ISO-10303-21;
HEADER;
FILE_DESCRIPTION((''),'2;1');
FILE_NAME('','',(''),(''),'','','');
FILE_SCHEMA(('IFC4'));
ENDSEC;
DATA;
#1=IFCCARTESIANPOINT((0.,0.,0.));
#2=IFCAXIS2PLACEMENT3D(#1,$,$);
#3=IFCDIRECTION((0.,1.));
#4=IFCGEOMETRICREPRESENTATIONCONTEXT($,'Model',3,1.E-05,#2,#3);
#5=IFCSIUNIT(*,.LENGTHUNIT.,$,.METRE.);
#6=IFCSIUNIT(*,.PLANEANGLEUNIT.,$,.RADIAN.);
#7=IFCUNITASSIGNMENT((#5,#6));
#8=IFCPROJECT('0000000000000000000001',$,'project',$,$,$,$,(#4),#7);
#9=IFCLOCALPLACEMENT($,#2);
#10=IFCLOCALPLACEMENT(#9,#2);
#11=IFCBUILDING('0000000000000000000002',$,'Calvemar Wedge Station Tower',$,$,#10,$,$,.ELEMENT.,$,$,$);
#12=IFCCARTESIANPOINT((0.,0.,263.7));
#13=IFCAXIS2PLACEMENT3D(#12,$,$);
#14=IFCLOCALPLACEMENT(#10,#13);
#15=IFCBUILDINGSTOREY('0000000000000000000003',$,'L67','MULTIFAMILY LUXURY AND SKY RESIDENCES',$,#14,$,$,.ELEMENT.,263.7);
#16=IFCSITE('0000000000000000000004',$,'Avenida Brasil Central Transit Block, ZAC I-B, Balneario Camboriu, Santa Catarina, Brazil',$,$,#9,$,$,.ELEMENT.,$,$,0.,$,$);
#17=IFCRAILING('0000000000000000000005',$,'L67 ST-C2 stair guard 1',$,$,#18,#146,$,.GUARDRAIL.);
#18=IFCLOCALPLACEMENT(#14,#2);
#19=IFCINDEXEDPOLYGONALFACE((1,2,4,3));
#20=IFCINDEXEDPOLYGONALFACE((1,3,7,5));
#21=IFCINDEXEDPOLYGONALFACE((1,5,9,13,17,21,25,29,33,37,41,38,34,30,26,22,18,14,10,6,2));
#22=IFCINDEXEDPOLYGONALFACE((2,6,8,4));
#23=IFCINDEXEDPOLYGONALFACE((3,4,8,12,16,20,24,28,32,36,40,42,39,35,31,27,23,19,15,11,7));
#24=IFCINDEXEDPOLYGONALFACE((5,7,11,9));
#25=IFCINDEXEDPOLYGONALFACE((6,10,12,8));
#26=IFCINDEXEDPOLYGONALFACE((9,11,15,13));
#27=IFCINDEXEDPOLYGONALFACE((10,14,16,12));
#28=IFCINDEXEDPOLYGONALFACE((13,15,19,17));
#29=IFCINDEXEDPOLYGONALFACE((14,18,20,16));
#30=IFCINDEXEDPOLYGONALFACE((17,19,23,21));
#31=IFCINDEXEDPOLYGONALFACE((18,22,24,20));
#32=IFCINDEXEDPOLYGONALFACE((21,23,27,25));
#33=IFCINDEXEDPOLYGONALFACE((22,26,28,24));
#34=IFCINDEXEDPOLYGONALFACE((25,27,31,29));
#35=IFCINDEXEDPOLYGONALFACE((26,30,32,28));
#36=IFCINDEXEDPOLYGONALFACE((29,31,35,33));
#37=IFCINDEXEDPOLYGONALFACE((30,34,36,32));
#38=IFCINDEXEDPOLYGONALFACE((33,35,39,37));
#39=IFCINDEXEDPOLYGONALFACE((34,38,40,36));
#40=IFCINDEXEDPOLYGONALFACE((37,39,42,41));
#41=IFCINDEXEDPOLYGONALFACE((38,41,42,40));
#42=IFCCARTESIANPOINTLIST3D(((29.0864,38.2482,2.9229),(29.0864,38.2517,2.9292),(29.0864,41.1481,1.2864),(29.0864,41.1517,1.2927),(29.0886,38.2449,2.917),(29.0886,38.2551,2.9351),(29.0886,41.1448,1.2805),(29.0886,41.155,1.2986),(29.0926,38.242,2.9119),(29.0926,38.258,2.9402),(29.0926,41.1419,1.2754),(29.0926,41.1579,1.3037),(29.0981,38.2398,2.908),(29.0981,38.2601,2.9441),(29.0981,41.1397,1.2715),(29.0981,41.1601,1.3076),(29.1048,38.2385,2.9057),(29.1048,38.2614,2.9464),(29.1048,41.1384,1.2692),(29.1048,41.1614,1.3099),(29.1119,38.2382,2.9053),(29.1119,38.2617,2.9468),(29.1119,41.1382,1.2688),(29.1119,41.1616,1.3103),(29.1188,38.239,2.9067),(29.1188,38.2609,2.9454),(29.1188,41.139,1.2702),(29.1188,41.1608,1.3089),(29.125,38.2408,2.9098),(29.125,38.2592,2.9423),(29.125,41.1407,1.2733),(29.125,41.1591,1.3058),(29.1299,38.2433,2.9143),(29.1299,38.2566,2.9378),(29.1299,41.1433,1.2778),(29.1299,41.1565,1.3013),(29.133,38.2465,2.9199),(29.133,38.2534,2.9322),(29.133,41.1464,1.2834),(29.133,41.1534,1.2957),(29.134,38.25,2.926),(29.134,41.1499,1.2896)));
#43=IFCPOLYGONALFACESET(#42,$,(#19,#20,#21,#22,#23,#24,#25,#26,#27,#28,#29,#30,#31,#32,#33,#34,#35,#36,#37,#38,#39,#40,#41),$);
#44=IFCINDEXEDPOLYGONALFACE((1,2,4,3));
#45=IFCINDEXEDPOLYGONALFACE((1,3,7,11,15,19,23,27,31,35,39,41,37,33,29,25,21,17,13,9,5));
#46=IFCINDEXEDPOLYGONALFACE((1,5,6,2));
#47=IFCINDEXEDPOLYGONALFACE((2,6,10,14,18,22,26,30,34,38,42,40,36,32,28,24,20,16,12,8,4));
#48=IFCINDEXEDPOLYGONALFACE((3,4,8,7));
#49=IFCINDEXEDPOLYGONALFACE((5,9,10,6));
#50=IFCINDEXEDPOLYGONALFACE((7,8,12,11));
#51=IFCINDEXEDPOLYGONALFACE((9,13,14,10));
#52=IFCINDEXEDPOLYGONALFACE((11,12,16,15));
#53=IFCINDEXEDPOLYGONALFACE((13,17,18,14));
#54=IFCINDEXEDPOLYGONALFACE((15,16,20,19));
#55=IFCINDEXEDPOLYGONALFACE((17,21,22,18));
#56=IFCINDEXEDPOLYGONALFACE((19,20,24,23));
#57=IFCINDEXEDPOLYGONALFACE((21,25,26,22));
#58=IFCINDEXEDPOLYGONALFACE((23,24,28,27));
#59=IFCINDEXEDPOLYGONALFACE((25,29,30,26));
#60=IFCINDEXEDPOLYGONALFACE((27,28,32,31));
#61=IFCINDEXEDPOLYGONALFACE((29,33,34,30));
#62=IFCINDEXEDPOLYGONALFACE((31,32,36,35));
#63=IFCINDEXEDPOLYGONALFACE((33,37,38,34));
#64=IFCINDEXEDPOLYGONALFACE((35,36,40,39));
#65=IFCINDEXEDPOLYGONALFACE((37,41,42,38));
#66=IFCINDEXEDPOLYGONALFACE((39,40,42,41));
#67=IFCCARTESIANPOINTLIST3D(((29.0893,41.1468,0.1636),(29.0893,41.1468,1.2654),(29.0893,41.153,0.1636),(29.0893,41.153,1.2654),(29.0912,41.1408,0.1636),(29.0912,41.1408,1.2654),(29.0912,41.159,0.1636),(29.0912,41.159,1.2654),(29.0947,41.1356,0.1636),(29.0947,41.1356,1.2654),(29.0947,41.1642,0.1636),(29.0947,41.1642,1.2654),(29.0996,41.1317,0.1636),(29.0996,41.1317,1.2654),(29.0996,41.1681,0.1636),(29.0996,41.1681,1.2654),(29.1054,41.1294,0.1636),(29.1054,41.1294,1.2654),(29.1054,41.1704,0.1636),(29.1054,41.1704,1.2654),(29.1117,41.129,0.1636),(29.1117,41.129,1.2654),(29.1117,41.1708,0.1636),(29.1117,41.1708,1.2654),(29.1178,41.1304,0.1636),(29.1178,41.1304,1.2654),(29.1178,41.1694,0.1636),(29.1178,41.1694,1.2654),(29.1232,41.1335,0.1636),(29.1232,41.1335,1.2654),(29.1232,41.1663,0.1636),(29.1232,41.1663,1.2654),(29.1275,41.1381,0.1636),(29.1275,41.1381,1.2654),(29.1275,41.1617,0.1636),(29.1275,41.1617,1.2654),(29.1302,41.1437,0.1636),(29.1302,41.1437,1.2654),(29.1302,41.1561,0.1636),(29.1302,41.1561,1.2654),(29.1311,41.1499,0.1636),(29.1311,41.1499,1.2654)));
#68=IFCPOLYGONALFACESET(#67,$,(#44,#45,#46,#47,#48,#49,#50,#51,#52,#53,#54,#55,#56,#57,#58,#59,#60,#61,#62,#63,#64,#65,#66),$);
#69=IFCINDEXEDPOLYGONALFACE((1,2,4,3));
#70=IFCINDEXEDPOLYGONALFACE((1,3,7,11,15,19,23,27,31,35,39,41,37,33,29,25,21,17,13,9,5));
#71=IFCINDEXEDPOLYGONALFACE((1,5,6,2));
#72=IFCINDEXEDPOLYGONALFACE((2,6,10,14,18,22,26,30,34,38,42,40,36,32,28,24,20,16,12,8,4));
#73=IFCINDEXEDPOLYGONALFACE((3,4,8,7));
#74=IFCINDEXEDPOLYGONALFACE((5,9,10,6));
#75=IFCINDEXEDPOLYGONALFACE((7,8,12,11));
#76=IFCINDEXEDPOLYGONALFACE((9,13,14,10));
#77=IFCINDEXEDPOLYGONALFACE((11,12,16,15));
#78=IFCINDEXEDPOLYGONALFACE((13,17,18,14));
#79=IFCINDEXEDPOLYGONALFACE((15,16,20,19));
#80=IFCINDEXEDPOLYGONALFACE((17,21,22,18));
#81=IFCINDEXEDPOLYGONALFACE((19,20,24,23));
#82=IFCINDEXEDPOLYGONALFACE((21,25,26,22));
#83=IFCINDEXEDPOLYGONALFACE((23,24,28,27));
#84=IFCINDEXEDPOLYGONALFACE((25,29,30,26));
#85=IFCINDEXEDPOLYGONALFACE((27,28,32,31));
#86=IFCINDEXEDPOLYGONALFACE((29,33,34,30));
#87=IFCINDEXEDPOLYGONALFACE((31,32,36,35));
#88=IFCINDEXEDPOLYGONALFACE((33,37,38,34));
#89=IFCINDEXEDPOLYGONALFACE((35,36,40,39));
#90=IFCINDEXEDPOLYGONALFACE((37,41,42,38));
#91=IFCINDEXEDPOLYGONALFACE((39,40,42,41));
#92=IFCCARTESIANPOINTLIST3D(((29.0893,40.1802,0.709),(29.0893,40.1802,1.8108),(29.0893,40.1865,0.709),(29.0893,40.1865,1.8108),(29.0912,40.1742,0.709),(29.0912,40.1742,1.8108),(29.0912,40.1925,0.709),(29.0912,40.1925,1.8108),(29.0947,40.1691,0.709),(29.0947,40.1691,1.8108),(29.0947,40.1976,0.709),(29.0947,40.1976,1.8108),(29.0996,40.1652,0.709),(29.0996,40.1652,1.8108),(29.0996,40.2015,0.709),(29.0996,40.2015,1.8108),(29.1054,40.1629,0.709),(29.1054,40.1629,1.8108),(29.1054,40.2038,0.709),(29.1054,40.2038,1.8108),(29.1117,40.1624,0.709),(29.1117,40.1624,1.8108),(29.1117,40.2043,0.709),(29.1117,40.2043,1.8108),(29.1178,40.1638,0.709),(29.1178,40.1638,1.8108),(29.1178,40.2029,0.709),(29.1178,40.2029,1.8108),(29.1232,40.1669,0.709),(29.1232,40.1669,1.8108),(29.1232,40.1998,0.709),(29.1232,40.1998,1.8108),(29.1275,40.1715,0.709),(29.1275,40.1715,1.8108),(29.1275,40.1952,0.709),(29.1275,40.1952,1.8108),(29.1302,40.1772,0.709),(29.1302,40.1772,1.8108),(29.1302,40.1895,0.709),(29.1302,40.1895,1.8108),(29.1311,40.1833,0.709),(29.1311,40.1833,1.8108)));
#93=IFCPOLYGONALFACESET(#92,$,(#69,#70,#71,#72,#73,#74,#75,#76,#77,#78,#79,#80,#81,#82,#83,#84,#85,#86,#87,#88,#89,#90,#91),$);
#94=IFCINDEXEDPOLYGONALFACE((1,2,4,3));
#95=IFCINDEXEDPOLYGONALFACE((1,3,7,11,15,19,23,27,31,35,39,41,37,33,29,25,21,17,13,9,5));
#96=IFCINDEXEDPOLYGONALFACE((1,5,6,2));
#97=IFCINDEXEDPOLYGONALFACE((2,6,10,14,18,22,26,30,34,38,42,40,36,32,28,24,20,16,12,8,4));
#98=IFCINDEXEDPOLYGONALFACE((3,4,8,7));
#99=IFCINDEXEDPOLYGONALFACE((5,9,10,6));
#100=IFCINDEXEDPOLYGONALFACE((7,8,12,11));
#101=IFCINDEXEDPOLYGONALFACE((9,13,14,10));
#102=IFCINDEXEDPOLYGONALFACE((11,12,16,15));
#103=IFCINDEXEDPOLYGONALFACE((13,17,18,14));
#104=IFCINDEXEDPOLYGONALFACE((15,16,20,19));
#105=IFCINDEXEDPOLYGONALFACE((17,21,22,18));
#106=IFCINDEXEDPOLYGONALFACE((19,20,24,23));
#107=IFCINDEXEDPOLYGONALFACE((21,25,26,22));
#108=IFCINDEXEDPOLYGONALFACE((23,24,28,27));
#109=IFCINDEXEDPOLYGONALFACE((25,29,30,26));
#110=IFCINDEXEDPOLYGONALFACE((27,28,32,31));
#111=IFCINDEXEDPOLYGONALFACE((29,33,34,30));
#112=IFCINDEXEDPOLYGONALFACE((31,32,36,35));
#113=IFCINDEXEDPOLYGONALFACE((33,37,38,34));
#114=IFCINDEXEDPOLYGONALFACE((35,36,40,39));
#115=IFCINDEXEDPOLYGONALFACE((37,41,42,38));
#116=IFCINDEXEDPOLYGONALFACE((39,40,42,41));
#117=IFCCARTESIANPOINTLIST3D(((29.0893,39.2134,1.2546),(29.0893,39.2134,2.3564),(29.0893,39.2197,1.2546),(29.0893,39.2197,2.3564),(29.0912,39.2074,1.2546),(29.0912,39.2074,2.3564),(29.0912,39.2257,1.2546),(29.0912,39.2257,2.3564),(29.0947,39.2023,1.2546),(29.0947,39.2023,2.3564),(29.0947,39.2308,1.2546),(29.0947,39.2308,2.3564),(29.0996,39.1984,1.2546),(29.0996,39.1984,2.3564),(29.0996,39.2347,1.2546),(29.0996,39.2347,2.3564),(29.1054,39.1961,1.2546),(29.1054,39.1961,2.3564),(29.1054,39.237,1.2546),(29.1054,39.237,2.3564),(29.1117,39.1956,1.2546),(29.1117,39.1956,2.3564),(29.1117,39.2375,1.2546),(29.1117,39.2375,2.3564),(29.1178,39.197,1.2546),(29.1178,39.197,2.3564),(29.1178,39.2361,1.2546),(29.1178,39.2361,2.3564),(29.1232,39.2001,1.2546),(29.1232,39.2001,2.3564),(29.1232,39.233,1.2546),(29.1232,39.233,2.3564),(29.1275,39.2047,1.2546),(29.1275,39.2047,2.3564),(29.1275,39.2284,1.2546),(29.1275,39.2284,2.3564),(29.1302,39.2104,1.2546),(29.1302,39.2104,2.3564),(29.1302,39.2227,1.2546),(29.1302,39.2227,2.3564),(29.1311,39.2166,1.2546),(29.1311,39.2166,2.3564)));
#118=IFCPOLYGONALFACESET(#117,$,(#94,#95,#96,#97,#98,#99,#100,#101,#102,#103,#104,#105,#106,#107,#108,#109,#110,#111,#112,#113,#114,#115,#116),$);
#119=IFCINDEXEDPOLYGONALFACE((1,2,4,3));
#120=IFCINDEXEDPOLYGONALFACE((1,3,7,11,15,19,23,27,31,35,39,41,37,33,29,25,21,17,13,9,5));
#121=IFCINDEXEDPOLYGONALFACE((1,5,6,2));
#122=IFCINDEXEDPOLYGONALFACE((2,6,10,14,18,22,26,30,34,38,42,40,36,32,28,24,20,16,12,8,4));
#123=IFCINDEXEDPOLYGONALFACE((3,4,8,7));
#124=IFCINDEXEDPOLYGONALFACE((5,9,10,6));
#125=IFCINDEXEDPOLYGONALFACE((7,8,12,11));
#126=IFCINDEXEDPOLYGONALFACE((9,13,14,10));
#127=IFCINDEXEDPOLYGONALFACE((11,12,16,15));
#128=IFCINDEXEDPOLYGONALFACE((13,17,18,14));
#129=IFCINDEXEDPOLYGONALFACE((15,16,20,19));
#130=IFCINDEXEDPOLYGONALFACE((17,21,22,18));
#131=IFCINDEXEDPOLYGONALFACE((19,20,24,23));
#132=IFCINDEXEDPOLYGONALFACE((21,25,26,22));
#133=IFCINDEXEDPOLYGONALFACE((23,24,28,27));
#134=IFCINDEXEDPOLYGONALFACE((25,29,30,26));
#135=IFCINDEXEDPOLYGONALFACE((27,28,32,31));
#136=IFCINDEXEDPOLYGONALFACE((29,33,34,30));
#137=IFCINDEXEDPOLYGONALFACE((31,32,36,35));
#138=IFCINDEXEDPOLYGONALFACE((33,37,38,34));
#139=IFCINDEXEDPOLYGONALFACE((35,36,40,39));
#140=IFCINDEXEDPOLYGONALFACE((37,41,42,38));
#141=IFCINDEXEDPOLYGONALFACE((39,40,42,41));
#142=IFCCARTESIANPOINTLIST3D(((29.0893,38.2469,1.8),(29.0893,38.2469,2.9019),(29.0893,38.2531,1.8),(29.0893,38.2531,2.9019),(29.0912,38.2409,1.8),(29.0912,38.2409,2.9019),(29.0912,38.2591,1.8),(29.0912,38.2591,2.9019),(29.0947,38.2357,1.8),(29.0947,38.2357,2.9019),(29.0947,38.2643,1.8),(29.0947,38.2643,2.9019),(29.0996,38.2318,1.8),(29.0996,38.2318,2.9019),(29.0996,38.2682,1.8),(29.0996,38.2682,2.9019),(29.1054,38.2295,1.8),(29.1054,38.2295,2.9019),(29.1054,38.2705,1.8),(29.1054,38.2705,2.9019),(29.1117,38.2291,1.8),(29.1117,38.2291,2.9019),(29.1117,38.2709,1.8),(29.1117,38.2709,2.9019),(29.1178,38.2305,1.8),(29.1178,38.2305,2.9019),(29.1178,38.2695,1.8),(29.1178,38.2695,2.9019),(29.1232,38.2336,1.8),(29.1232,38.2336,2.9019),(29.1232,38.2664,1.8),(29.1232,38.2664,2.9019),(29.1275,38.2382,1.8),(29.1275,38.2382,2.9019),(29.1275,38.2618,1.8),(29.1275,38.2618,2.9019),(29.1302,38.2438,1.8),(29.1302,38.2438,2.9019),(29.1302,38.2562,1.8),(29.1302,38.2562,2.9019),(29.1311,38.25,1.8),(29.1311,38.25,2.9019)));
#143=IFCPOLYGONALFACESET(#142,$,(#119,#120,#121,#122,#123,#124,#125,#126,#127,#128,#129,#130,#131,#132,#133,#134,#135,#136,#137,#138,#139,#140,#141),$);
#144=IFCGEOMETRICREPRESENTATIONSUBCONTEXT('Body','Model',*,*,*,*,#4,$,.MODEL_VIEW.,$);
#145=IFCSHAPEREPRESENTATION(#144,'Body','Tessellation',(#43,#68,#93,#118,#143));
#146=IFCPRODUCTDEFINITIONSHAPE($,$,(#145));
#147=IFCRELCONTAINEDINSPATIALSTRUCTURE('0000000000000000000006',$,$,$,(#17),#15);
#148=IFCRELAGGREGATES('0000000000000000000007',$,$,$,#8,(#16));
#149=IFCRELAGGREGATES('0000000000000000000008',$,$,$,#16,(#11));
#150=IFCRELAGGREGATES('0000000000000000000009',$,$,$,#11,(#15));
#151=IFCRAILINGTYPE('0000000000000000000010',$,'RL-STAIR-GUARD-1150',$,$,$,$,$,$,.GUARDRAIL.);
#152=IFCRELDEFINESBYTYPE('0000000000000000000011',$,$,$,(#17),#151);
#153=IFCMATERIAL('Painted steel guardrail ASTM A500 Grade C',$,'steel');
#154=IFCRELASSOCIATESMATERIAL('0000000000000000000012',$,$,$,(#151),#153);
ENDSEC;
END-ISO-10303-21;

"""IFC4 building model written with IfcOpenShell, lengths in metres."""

from ifc_helpers import new_model, si_unit, direction, frame, origin, origin_2d, place, context, subcontext, project, spatial, circle, extrude, material, type_object, element, save


model = new_model("IFC4")

# Units and contexts
model_context = context("Model", 3, precision=1e-05, world=origin(), true_north=direction((0.0, 1.0)))
body_context = subcontext(model_context, "Body", "Model", "MODEL_VIEW")
ifc_project = project(units=[si_unit("LENGTHUNIT", "METRE"), si_unit("PLANEANGLEUNIT", "RADIAN")], contexts=[model_context])

# Site, building, storey
site_placement = place(None, origin())
site = spatial("IfcSite", under=ifc_project, at=site_placement, Name="Avenida Brasil Central Transit Block, ZAC I-B, Balneario Camboriu, Santa Catarina, Brazil", CompositionType="ELEMENT", RefElevation=0.0)
building_placement = place(site_placement, origin())
building = spatial("IfcBuilding", under=site, at=building_placement, Name="Calvemar Wedge Station Tower", CompositionType="ELEMENT")
storey_placement = place(building_placement, frame((0.0, 0.0, 263.7)))
storey = spatial("IfcBuildingStorey", under=building, at=storey_placement, Name="L67", Description="MULTIFAMILY LUXURY AND SKY RESIDENCES", CompositionType="ELEMENT", Elevation=263.7)

# Railing
ifc_material_1 = material(Name="Painted steel guardrail ASTM A500 Grade C", Category="steel")
railing_type_1 = type_object("IfcRailingType", Name="RL-STAIR-GUARD-1150", PredefinedType="GUARDRAIL", material=ifc_material_1)
railing_1_placement = place(storey_placement, frame((29.1101, 41.1499, 0.1636)))
element("IfcRailing", 1, at=railing_1_placement, inside=storey, type_object=railing_type_1, Name="L67 ST-C2 stair guard 1", PredefinedType="GUARDRAIL", context=body_context, shape_type="SweptSolid", body=[
    extrude(circle(Radius=0.0239, at=origin_2d()), frame((0.0, 0.0, 1.126), z_axis=(0.0, -0.870897, 0.491465), x_axis=(1.0, 0.0, 0.0)), (0.0, 0.0, 1.0), 3.3298),
    extrude(circle(Radius=0.021, at=origin_2d()), origin(), (0.0, 0.0, 1.0), 1.1018),
    extrude(circle(Radius=0.021, at=origin_2d()), frame((0.0, -0.9666, 0.5454)), (0.0, 0.0, 1.0), 1.1018),
    extrude(circle(Radius=0.021, at=origin_2d()), frame((0.0, -1.9333, 1.0911)), (0.0, 0.0, 1.0), 1.1018),
    extrude(circle(Radius=0.021, at=origin_2d()), frame((0.0, -2.8999, 1.6365)), (0.0, 0.0, 1.0), 1.1018),
])

save(model, "model.ifc")
